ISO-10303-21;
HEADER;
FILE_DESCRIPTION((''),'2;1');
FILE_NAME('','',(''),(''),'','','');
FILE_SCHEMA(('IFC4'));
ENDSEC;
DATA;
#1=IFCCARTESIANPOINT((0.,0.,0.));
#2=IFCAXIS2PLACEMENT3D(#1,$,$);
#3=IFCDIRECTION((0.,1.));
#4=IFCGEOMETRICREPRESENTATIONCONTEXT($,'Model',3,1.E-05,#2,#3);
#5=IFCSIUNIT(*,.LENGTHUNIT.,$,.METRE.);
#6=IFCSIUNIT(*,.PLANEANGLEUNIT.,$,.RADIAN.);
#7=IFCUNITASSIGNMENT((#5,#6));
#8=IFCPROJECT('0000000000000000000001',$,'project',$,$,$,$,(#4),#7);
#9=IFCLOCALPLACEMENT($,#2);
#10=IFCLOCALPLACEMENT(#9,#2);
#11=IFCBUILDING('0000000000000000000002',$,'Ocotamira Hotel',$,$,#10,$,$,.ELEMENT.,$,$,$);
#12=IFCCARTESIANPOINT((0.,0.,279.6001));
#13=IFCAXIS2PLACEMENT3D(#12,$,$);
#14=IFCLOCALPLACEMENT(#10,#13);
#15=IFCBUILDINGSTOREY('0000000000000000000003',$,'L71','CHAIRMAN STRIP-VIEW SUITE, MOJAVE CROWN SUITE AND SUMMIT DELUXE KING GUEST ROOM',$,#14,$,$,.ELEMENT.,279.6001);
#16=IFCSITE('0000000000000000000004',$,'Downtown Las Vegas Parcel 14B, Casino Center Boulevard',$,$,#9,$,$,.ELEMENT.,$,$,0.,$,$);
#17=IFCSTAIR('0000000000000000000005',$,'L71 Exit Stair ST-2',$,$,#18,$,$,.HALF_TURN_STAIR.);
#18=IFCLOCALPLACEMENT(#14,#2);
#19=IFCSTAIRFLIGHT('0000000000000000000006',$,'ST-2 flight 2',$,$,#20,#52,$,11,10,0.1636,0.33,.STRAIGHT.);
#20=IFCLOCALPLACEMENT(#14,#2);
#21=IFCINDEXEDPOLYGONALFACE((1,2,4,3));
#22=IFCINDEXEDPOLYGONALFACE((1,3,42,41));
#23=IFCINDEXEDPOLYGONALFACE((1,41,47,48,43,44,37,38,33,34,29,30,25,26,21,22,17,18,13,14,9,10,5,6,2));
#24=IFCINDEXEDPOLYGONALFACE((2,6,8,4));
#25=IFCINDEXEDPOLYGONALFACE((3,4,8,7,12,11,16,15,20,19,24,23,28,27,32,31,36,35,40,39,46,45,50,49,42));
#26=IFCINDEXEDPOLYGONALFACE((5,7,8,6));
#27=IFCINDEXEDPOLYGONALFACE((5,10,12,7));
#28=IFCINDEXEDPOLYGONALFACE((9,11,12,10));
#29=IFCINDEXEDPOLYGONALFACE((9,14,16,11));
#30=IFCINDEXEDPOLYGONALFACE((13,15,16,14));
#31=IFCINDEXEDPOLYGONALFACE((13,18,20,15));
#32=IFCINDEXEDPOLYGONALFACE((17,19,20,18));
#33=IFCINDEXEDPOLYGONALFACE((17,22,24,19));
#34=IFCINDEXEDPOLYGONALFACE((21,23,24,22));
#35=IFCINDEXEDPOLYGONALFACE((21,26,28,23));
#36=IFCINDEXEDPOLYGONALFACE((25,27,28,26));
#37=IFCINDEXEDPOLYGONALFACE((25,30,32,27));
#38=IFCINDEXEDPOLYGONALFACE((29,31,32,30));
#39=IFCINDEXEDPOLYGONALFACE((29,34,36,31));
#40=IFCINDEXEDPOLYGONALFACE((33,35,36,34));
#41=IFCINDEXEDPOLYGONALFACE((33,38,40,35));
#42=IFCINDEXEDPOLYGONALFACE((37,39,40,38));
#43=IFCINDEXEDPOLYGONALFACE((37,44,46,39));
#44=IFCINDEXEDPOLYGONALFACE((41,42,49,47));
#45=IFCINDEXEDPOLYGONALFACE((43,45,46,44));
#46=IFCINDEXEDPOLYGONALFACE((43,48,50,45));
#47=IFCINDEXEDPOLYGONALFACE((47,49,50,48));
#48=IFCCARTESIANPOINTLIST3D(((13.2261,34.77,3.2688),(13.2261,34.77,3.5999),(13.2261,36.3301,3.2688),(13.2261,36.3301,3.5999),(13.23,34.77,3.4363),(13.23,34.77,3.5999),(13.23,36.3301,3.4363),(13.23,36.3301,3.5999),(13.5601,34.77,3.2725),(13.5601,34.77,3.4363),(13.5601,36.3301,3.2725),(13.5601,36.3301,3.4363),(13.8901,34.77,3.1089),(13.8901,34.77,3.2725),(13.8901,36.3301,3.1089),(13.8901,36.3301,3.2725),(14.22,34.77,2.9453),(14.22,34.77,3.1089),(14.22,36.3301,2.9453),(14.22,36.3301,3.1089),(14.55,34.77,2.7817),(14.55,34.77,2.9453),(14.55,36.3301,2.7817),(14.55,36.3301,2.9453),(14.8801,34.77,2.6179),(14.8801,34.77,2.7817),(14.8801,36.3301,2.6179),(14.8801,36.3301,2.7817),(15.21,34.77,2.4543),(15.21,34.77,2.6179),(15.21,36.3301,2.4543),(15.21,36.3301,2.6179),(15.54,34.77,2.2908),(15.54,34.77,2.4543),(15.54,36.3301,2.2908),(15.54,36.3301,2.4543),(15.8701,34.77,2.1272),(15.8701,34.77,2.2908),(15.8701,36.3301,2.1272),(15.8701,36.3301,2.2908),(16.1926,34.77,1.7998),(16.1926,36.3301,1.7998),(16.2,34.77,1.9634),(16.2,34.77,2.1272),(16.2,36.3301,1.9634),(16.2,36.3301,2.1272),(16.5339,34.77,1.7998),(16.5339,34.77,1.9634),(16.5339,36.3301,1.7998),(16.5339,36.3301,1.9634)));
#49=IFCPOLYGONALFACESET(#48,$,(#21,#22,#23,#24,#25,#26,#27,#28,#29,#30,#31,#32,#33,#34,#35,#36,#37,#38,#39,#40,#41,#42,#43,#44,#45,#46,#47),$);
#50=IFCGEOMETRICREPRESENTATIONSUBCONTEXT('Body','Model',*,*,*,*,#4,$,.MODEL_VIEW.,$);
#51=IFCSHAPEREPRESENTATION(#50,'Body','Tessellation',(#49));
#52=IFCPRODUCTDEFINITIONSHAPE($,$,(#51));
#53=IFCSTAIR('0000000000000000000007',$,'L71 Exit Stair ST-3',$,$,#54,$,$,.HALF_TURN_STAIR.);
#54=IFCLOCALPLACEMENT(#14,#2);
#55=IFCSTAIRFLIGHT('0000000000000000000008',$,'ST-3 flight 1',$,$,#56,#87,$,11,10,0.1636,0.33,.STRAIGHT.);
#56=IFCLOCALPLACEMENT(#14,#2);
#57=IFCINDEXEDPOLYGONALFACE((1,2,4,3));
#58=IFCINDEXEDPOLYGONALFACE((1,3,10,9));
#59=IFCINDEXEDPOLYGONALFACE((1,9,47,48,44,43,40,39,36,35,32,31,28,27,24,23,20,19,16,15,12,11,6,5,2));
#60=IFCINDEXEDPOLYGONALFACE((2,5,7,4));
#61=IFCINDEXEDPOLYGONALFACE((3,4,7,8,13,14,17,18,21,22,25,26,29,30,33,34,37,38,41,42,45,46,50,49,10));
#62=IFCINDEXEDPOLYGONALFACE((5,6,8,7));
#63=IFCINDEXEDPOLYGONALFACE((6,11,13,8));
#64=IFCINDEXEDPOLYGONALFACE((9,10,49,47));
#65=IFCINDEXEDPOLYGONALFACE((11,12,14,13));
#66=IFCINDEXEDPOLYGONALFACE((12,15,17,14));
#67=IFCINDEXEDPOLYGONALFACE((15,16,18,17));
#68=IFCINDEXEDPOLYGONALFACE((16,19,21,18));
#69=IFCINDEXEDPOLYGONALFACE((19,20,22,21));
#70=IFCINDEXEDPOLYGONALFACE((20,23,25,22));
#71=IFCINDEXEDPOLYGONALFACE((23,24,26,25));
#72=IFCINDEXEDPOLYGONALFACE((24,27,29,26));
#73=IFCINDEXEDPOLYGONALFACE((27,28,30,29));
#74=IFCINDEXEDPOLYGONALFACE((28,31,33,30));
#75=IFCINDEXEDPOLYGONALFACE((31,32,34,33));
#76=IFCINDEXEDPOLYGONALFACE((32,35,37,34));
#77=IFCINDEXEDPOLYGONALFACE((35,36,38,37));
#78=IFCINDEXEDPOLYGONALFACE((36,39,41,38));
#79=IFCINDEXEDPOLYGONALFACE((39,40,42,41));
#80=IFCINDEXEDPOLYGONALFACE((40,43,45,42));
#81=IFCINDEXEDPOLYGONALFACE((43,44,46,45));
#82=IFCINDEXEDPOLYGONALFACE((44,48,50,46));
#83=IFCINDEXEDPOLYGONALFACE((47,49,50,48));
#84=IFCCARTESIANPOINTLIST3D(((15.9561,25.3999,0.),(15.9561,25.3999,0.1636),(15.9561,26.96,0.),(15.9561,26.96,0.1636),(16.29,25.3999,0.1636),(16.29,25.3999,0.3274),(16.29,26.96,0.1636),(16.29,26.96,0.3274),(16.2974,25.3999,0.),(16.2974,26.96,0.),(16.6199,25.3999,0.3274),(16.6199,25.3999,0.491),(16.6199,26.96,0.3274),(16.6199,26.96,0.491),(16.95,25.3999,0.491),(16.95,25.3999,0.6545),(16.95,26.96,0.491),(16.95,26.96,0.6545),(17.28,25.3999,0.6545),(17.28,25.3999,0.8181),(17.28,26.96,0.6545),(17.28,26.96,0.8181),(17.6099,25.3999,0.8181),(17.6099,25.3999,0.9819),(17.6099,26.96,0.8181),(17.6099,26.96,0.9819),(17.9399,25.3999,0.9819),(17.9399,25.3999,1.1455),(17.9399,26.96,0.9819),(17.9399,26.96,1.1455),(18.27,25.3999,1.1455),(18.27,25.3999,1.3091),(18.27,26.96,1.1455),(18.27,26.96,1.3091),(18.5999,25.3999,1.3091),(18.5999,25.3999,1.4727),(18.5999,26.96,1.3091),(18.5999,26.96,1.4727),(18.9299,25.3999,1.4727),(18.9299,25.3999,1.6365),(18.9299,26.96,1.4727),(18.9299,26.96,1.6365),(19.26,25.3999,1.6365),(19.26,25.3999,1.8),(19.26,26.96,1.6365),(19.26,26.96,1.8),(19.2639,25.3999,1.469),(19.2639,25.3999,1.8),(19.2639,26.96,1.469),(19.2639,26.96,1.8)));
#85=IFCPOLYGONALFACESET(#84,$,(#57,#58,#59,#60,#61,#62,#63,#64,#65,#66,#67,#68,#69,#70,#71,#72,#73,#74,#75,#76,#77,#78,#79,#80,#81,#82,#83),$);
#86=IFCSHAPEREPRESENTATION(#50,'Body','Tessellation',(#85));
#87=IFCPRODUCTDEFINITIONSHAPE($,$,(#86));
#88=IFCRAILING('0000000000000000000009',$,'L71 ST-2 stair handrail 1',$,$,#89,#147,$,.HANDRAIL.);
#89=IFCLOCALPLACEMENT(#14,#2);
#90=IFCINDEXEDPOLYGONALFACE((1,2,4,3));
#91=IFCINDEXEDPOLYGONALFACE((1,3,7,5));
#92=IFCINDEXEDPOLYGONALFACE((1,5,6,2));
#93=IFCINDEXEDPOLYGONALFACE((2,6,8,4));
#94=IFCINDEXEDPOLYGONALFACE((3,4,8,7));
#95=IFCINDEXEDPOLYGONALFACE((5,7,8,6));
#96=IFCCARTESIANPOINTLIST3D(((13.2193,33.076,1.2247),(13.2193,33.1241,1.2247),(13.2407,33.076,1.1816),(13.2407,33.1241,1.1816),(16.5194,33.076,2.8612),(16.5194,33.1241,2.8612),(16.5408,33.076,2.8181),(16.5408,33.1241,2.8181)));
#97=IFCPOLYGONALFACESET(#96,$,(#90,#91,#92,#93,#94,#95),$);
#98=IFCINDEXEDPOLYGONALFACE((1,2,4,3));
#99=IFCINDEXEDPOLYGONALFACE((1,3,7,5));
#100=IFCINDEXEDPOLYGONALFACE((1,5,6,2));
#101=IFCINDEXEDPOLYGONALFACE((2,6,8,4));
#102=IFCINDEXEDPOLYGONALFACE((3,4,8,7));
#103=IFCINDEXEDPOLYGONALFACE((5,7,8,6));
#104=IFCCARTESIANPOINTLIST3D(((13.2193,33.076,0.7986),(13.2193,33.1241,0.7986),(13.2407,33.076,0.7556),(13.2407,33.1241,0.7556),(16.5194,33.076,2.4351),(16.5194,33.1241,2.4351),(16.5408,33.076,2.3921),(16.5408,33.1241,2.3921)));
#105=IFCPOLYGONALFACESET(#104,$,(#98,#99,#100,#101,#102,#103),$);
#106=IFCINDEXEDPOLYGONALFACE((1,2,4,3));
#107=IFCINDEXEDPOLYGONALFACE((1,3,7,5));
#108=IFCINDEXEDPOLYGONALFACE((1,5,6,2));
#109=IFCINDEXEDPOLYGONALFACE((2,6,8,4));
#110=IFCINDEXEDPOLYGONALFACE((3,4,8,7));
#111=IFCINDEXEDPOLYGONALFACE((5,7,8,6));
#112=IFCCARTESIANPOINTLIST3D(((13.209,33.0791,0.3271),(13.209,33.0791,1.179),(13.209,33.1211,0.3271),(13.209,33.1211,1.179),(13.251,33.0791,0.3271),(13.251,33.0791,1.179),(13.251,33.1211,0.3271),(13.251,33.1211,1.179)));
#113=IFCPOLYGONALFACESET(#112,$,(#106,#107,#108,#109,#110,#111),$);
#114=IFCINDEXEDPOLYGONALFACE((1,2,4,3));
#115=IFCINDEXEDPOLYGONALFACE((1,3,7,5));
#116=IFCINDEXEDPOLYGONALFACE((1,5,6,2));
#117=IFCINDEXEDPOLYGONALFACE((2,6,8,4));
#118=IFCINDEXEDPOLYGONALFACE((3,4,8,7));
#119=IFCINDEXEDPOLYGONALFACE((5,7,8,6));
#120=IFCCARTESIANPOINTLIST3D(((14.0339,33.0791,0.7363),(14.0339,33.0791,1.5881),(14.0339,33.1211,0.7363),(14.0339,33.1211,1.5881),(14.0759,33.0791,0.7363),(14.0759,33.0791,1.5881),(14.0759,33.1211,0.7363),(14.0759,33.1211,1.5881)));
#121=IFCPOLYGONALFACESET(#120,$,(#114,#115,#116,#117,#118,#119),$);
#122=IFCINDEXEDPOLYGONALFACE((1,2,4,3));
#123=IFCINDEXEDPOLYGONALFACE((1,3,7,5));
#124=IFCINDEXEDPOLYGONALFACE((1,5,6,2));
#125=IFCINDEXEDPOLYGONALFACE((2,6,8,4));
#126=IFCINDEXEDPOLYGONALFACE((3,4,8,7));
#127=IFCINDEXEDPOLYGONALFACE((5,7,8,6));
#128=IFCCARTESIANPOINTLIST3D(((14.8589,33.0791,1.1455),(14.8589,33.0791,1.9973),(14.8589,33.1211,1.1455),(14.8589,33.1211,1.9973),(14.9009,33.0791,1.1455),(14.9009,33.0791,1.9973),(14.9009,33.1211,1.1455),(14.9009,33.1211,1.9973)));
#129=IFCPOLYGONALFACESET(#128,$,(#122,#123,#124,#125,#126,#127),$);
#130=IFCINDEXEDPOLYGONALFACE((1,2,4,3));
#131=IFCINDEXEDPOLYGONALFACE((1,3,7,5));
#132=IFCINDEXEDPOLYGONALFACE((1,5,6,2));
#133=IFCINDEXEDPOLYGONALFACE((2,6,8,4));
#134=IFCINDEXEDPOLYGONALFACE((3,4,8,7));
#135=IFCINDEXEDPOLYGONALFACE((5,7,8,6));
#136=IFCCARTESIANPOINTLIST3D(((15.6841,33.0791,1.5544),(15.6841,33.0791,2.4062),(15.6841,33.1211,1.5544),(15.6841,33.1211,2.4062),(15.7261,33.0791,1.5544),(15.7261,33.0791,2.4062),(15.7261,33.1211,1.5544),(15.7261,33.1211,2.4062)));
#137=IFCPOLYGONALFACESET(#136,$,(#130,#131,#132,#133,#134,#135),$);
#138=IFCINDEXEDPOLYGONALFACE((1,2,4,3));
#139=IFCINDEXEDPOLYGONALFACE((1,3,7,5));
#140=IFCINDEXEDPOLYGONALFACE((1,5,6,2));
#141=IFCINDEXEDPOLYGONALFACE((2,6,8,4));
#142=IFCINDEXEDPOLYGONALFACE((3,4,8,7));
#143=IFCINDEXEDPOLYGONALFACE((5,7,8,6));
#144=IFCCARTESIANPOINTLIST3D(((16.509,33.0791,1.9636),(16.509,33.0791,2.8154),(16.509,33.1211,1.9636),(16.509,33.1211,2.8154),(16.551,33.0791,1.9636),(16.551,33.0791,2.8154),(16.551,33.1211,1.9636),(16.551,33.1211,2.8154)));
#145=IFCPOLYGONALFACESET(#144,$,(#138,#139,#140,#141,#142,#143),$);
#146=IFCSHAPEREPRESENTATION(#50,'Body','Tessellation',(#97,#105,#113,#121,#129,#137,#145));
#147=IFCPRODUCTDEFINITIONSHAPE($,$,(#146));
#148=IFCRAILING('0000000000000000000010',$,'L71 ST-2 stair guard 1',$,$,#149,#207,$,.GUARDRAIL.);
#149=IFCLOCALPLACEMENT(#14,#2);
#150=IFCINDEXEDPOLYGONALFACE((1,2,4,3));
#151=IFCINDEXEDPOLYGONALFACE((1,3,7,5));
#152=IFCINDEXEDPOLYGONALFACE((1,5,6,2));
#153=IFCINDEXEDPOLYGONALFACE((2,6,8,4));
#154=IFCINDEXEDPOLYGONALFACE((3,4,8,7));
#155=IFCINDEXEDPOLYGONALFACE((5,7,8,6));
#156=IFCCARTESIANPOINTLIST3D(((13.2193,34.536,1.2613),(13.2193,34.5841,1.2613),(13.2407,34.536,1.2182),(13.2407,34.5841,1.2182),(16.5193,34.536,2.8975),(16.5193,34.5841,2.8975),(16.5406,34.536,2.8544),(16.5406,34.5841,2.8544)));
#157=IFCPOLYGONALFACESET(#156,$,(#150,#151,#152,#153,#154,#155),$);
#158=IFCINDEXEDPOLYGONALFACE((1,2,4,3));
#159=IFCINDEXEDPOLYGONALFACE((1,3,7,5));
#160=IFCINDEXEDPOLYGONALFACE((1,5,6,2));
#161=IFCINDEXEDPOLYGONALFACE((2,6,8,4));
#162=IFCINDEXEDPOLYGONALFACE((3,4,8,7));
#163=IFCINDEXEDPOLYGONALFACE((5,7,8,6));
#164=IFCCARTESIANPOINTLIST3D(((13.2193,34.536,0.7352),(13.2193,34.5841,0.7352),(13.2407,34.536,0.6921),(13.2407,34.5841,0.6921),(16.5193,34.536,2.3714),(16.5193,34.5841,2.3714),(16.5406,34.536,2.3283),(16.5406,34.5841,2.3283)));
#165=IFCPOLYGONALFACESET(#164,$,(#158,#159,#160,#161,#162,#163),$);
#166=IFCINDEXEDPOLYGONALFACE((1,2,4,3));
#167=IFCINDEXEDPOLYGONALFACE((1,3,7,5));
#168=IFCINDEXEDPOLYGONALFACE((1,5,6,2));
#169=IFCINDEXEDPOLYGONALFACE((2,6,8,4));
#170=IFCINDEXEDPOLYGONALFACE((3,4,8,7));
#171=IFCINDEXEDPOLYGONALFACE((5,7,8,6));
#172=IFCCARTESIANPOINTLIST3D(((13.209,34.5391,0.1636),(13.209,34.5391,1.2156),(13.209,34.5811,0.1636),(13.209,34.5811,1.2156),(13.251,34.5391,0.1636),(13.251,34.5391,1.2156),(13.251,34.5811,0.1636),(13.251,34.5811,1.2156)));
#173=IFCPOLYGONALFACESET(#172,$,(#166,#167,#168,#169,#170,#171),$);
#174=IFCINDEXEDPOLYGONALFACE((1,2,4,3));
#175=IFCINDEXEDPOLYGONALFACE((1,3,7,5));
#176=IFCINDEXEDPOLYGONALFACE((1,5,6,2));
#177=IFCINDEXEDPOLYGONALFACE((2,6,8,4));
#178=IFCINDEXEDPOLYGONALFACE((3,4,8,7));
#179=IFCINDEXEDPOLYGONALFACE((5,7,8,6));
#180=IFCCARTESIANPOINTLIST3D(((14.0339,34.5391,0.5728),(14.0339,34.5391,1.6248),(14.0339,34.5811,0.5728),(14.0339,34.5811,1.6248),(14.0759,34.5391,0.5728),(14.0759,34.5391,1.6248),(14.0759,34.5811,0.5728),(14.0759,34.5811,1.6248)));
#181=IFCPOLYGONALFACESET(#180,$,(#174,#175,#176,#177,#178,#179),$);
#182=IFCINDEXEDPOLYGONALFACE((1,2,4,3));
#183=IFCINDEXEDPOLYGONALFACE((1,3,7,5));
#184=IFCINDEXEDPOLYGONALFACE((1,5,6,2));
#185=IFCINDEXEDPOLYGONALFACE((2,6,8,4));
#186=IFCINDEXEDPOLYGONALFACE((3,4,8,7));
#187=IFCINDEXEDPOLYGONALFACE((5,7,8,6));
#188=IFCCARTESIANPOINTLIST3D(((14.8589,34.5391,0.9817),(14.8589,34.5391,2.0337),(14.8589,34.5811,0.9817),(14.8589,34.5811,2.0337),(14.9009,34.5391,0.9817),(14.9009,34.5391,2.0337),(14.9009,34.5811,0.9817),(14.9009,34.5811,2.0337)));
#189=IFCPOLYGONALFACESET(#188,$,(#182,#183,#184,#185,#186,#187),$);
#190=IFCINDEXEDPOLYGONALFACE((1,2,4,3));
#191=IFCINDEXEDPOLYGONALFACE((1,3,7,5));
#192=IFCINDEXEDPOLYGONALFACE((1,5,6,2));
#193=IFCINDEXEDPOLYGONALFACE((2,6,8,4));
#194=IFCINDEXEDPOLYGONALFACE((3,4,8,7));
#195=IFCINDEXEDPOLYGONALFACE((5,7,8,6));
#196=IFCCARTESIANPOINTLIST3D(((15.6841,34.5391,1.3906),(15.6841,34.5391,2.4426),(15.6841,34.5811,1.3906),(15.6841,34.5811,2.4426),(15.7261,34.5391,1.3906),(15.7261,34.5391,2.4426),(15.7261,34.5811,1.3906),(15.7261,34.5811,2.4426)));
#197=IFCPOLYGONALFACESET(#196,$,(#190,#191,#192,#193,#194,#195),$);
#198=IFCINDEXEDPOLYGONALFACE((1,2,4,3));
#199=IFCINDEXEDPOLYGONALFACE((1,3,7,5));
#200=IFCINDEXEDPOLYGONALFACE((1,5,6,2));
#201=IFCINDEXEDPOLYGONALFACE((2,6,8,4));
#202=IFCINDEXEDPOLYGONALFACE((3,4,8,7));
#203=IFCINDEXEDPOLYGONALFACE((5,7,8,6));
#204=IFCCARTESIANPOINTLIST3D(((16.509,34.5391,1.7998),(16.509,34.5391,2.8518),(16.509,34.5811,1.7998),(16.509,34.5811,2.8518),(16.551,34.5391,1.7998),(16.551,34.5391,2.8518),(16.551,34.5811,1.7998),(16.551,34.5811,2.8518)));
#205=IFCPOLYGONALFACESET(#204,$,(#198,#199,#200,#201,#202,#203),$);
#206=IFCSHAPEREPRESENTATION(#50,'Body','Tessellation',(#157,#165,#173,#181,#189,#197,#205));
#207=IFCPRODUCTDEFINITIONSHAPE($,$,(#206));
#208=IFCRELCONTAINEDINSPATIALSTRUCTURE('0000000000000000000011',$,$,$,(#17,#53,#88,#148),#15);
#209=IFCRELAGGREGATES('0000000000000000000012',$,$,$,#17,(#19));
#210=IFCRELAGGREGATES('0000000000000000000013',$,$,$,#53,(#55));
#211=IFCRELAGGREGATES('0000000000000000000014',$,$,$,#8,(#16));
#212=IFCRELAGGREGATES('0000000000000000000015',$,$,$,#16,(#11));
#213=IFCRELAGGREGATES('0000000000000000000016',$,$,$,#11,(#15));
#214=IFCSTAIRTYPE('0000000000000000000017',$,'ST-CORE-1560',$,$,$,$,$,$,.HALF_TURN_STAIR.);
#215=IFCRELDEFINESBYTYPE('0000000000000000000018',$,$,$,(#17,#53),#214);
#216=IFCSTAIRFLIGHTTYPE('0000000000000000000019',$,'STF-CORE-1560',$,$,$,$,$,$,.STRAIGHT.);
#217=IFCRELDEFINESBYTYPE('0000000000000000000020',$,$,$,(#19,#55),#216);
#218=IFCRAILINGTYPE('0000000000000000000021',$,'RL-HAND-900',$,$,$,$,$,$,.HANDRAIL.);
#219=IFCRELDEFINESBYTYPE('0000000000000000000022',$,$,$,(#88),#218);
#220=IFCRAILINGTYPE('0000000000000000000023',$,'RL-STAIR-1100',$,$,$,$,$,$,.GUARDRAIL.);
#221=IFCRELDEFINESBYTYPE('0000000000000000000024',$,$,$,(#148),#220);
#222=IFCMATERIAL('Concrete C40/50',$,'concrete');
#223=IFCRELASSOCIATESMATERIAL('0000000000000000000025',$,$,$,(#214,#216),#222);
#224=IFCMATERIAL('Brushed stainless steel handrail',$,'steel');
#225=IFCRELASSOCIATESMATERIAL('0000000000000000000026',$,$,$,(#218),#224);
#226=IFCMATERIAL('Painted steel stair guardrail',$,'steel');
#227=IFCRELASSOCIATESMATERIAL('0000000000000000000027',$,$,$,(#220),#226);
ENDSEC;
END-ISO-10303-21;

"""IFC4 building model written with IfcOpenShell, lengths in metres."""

from ifc_helpers import new_model, si_unit, direction, frame, origin, origin_2d, place, context, subcontext, project, spatial, polyline, rectangle, outline, extrude, source, transform, mapped, material, type_object, element, aggregate, save


model = new_model("IFC4")

# Units and contexts
model_context = context("Model", 3, precision=1e-05, world=origin(), true_north=direction((0.0, 1.0)))
body_context = subcontext(model_context, "Body", "Model", "MODEL_VIEW")
ifc_project = project(units=[si_unit("LENGTHUNIT", "METRE"), si_unit("PLANEANGLEUNIT", "RADIAN")], contexts=[model_context])

# Site, building, storey
site_placement = place(None, origin())
site = spatial("IfcSite", under=ifc_project, at=site_placement, Name="Downtown Las Vegas Parcel 14B, Casino Center Boulevard", CompositionType="ELEMENT", RefElevation=0.0)
building_placement = place(site_placement, origin())
building = spatial("IfcBuilding", under=site, at=building_placement, Name="Ocotamira Hotel", CompositionType="ELEMENT")
storey_placement = place(building_placement, frame((0.0, 0.0, 279.6001)))
storey = spatial("IfcBuildingStorey", under=building, at=storey_placement, Name="L71", Description="CHAIRMAN STRIP-VIEW SUITE, MOJAVE CROWN SUITE AND SUMMIT DELUXE KING GUEST ROOM", CompositionType="ELEMENT", Elevation=279.6001)

# Stair, stair flight
ifc_material_1 = material(Name="Concrete C40/50", Category="concrete")
stair_type = type_object("IfcStairType", Name="ST-CORE-1560", PredefinedType="HALF_TURN_STAIR", material=ifc_material_1)
stair_1_placement = place(storey_placement, origin())
stair_1 = element("IfcStair", 1, at=stair_1_placement, inside=storey, type_object=stair_type, Name="L71 Exit Stair ST-2", PredefinedType="HALF_TURN_STAIR")
stair_flight_type = type_object("IfcStairFlightType", Name="STF-CORE-1560", PredefinedType="STRAIGHT", material=ifc_material_1)
shared_shape_1 = source(origin(), body_context, "Body", "SweptSolid", [
    extrude(outline(polyline([(-0.0039, 0.0), (-0.0039, 0.1636), (0.3301, 0.1636), (0.3301, 0.3274), (0.6599, 0.3274), (0.6599, 0.491), (0.99, 0.491), (0.99, 0.6545), (1.3201, 0.6545), (1.3201, 0.8181), (1.6499, 0.8181), (1.6499, 0.9819), (1.98, 0.9819), (1.98, 1.1455), (2.3101, 1.1455), (2.3101, 1.3091), (2.6399, 1.3091), (2.6399, 1.4727), (2.97, 1.4727), (2.97, 1.6365), (3.3, 1.6365), (3.3, 1.8), (3.304, 1.8), (3.304, 1.469), (0.3374, 0.0), (-0.0039, 0.0)])), frame((0.0, 0.78, 0.0), z_axis=(0.0, -1.0, 0.0), x_axis=(1.0, 0.0, 0.0)), (0.0, 0.0, 1.0), 1.5601),
])
stair_flight_1_placement = place(storey_placement, frame((16.53, 35.55, 1.7998), z_axis=(0.0, 0.0, 1.0), x_axis=(-1.0, 0.0, 0.0)))
stair_flight_1 = element("IfcStairFlight", 2, at=stair_flight_1_placement, type_object=stair_flight_type, Name="ST-2 flight 2", NumberOfRisers=11, NumberOfTreads=10, PredefinedType="STRAIGHT", RiserHeight=0.1636, TreadLength=0.33, context=body_context, shape_type="MappedRepresentation", body=[
    mapped(shared_shape_1, transform((0.0, 0.0, 0.0), scale=1.0)),
])
aggregate(stair_1, [stair_flight_1])

# Stair, stair flight
stair_2_placement = place(storey_placement, origin())
stair_2 = element("IfcStair", 3, at=stair_2_placement, inside=storey, type_object=stair_type, Name="L71 Exit Stair ST-3", PredefinedType="HALF_TURN_STAIR")
stair_flight_2_placement = place(storey_placement, frame((15.96, 26.1799, 0.0), z_axis=(0.0, 0.0, 1.0), x_axis=(1.0, 0.0, 0.0)))
stair_flight_2 = element("IfcStairFlight", 4, at=stair_flight_2_placement, type_object=stair_flight_type, Name="ST-3 flight 1", NumberOfRisers=11, NumberOfTreads=10, PredefinedType="STRAIGHT", RiserHeight=0.1636, TreadLength=0.33, context=body_context, shape_type="MappedRepresentation", body=[
    mapped(shared_shape_1, transform((0.0, 0.0, 0.0), scale=1.0)),
])
aggregate(stair_2, [stair_flight_2])

# Railings
ifc_material_2 = material(Name="Brushed stainless steel handrail", Category="steel")
railing_type_1 = type_object("IfcRailingType", Name="RL-HAND-900", PredefinedType="HANDRAIL", material=ifc_material_2)
railing_1_placement = place(storey_placement, frame((13.23, 33.1001, 0.3271)))
element("IfcRailing", 5, at=railing_1_placement, inside=storey, type_object=railing_type_1, Name="L71 ST-2 stair handrail 1", PredefinedType="HANDRAIL", context=body_context, shape_type="SweptSolid", body=[
    extrude(rectangle(XDim=0.0481, YDim=0.0481, at=origin_2d()), frame((0.0, 0.0, 0.876), z_axis=(0.895894, 0.0, 0.444268), x_axis=(0.0, 1.0, 0.0)), (0.0, 0.0, 1.0), 3.6836),
    extrude(rectangle(XDim=0.0481, YDim=0.0481, at=origin_2d()), frame((0.0, 0.0, 0.45), z_axis=(0.895894, 0.0, 0.444268), x_axis=(0.0, 1.0, 0.0)), (0.0, 0.0, 1.0), 3.6836),
    extrude(rectangle(XDim=0.042, YDim=0.042, at=origin_2d()), origin(), (0.0, 0.0, 1.0), 0.8518),
    extrude(rectangle(XDim=0.042, YDim=0.042, at=origin_2d()), frame((0.825, 0.0, 0.4092)), (0.0, 0.0, 1.0), 0.8518),
    extrude(rectangle(XDim=0.042, YDim=0.042, at=origin_2d()), frame((1.6499, 0.0, 0.8184)), (0.0, 0.0, 1.0), 0.8518),
    extrude(rectangle(XDim=0.042, YDim=0.042, at=origin_2d()), frame((2.4751, 0.0, 1.2273)), (0.0, 0.0, 1.0), 0.8518),
    extrude(rectangle(XDim=0.042, YDim=0.042, at=origin_2d()), frame((3.3, 0.0, 1.6365)), (0.0, 0.0, 1.0), 0.8518),
])
ifc_material_3 = material(Name="Painted steel stair guardrail", Category="steel")
railing_type_2 = type_object("IfcRailingType", Name="RL-STAIR-1100", PredefinedType="GUARDRAIL", material=ifc_material_3)
railing_2_placement = place(storey_placement, frame((13.23, 34.5601, 0.1636)))
element("IfcRailing", 6, at=railing_2_placement, inside=storey, type_object=railing_type_2, Name="L71 ST-2 stair guard 1", PredefinedType="GUARDRAIL", context=body_context, shape_type="SweptSolid", body=[
    extrude(rectangle(XDim=0.0481, YDim=0.0481, at=origin_2d()), frame((0.0, 0.0, 1.0762), z_axis=(0.89592, 0.0, 0.444215), x_axis=(0.0, 1.0, 0.0)), (0.0, 0.0, 1.0), 3.6833),
    extrude(rectangle(XDim=0.0481, YDim=0.0481, at=origin_2d()), frame((0.0, 0.0, 0.55), z_axis=(0.89592, 0.0, 0.444215), x_axis=(0.0, 1.0, 0.0)), (0.0, 0.0, 1.0), 3.6833),
    extrude(rectangle(XDim=0.042, YDim=0.042, at=origin_2d()), origin(), (0.0, 0.0, 1.0), 1.052),
    extrude(rectangle(XDim=0.042, YDim=0.042, at=origin_2d()), frame((0.825, 0.0, 0.4092)), (0.0, 0.0, 1.0), 1.052),
    extrude(rectangle(XDim=0.042, YDim=0.042, at=origin_2d()), frame((1.6499, 0.0, 0.8181)), (0.0, 0.0, 1.0), 1.052),
    extrude(rectangle(XDim=0.042, YDim=0.042, at=origin_2d()), frame((2.4751, 0.0, 1.2271)), (0.0, 0.0, 1.0), 1.052),
    extrude(rectangle(XDim=0.042, YDim=0.042, at=origin_2d()), frame((3.3, 0.0, 1.6362)), (0.0, 0.0, 1.0), 1.052),
])

save(model, "model.ifc")
